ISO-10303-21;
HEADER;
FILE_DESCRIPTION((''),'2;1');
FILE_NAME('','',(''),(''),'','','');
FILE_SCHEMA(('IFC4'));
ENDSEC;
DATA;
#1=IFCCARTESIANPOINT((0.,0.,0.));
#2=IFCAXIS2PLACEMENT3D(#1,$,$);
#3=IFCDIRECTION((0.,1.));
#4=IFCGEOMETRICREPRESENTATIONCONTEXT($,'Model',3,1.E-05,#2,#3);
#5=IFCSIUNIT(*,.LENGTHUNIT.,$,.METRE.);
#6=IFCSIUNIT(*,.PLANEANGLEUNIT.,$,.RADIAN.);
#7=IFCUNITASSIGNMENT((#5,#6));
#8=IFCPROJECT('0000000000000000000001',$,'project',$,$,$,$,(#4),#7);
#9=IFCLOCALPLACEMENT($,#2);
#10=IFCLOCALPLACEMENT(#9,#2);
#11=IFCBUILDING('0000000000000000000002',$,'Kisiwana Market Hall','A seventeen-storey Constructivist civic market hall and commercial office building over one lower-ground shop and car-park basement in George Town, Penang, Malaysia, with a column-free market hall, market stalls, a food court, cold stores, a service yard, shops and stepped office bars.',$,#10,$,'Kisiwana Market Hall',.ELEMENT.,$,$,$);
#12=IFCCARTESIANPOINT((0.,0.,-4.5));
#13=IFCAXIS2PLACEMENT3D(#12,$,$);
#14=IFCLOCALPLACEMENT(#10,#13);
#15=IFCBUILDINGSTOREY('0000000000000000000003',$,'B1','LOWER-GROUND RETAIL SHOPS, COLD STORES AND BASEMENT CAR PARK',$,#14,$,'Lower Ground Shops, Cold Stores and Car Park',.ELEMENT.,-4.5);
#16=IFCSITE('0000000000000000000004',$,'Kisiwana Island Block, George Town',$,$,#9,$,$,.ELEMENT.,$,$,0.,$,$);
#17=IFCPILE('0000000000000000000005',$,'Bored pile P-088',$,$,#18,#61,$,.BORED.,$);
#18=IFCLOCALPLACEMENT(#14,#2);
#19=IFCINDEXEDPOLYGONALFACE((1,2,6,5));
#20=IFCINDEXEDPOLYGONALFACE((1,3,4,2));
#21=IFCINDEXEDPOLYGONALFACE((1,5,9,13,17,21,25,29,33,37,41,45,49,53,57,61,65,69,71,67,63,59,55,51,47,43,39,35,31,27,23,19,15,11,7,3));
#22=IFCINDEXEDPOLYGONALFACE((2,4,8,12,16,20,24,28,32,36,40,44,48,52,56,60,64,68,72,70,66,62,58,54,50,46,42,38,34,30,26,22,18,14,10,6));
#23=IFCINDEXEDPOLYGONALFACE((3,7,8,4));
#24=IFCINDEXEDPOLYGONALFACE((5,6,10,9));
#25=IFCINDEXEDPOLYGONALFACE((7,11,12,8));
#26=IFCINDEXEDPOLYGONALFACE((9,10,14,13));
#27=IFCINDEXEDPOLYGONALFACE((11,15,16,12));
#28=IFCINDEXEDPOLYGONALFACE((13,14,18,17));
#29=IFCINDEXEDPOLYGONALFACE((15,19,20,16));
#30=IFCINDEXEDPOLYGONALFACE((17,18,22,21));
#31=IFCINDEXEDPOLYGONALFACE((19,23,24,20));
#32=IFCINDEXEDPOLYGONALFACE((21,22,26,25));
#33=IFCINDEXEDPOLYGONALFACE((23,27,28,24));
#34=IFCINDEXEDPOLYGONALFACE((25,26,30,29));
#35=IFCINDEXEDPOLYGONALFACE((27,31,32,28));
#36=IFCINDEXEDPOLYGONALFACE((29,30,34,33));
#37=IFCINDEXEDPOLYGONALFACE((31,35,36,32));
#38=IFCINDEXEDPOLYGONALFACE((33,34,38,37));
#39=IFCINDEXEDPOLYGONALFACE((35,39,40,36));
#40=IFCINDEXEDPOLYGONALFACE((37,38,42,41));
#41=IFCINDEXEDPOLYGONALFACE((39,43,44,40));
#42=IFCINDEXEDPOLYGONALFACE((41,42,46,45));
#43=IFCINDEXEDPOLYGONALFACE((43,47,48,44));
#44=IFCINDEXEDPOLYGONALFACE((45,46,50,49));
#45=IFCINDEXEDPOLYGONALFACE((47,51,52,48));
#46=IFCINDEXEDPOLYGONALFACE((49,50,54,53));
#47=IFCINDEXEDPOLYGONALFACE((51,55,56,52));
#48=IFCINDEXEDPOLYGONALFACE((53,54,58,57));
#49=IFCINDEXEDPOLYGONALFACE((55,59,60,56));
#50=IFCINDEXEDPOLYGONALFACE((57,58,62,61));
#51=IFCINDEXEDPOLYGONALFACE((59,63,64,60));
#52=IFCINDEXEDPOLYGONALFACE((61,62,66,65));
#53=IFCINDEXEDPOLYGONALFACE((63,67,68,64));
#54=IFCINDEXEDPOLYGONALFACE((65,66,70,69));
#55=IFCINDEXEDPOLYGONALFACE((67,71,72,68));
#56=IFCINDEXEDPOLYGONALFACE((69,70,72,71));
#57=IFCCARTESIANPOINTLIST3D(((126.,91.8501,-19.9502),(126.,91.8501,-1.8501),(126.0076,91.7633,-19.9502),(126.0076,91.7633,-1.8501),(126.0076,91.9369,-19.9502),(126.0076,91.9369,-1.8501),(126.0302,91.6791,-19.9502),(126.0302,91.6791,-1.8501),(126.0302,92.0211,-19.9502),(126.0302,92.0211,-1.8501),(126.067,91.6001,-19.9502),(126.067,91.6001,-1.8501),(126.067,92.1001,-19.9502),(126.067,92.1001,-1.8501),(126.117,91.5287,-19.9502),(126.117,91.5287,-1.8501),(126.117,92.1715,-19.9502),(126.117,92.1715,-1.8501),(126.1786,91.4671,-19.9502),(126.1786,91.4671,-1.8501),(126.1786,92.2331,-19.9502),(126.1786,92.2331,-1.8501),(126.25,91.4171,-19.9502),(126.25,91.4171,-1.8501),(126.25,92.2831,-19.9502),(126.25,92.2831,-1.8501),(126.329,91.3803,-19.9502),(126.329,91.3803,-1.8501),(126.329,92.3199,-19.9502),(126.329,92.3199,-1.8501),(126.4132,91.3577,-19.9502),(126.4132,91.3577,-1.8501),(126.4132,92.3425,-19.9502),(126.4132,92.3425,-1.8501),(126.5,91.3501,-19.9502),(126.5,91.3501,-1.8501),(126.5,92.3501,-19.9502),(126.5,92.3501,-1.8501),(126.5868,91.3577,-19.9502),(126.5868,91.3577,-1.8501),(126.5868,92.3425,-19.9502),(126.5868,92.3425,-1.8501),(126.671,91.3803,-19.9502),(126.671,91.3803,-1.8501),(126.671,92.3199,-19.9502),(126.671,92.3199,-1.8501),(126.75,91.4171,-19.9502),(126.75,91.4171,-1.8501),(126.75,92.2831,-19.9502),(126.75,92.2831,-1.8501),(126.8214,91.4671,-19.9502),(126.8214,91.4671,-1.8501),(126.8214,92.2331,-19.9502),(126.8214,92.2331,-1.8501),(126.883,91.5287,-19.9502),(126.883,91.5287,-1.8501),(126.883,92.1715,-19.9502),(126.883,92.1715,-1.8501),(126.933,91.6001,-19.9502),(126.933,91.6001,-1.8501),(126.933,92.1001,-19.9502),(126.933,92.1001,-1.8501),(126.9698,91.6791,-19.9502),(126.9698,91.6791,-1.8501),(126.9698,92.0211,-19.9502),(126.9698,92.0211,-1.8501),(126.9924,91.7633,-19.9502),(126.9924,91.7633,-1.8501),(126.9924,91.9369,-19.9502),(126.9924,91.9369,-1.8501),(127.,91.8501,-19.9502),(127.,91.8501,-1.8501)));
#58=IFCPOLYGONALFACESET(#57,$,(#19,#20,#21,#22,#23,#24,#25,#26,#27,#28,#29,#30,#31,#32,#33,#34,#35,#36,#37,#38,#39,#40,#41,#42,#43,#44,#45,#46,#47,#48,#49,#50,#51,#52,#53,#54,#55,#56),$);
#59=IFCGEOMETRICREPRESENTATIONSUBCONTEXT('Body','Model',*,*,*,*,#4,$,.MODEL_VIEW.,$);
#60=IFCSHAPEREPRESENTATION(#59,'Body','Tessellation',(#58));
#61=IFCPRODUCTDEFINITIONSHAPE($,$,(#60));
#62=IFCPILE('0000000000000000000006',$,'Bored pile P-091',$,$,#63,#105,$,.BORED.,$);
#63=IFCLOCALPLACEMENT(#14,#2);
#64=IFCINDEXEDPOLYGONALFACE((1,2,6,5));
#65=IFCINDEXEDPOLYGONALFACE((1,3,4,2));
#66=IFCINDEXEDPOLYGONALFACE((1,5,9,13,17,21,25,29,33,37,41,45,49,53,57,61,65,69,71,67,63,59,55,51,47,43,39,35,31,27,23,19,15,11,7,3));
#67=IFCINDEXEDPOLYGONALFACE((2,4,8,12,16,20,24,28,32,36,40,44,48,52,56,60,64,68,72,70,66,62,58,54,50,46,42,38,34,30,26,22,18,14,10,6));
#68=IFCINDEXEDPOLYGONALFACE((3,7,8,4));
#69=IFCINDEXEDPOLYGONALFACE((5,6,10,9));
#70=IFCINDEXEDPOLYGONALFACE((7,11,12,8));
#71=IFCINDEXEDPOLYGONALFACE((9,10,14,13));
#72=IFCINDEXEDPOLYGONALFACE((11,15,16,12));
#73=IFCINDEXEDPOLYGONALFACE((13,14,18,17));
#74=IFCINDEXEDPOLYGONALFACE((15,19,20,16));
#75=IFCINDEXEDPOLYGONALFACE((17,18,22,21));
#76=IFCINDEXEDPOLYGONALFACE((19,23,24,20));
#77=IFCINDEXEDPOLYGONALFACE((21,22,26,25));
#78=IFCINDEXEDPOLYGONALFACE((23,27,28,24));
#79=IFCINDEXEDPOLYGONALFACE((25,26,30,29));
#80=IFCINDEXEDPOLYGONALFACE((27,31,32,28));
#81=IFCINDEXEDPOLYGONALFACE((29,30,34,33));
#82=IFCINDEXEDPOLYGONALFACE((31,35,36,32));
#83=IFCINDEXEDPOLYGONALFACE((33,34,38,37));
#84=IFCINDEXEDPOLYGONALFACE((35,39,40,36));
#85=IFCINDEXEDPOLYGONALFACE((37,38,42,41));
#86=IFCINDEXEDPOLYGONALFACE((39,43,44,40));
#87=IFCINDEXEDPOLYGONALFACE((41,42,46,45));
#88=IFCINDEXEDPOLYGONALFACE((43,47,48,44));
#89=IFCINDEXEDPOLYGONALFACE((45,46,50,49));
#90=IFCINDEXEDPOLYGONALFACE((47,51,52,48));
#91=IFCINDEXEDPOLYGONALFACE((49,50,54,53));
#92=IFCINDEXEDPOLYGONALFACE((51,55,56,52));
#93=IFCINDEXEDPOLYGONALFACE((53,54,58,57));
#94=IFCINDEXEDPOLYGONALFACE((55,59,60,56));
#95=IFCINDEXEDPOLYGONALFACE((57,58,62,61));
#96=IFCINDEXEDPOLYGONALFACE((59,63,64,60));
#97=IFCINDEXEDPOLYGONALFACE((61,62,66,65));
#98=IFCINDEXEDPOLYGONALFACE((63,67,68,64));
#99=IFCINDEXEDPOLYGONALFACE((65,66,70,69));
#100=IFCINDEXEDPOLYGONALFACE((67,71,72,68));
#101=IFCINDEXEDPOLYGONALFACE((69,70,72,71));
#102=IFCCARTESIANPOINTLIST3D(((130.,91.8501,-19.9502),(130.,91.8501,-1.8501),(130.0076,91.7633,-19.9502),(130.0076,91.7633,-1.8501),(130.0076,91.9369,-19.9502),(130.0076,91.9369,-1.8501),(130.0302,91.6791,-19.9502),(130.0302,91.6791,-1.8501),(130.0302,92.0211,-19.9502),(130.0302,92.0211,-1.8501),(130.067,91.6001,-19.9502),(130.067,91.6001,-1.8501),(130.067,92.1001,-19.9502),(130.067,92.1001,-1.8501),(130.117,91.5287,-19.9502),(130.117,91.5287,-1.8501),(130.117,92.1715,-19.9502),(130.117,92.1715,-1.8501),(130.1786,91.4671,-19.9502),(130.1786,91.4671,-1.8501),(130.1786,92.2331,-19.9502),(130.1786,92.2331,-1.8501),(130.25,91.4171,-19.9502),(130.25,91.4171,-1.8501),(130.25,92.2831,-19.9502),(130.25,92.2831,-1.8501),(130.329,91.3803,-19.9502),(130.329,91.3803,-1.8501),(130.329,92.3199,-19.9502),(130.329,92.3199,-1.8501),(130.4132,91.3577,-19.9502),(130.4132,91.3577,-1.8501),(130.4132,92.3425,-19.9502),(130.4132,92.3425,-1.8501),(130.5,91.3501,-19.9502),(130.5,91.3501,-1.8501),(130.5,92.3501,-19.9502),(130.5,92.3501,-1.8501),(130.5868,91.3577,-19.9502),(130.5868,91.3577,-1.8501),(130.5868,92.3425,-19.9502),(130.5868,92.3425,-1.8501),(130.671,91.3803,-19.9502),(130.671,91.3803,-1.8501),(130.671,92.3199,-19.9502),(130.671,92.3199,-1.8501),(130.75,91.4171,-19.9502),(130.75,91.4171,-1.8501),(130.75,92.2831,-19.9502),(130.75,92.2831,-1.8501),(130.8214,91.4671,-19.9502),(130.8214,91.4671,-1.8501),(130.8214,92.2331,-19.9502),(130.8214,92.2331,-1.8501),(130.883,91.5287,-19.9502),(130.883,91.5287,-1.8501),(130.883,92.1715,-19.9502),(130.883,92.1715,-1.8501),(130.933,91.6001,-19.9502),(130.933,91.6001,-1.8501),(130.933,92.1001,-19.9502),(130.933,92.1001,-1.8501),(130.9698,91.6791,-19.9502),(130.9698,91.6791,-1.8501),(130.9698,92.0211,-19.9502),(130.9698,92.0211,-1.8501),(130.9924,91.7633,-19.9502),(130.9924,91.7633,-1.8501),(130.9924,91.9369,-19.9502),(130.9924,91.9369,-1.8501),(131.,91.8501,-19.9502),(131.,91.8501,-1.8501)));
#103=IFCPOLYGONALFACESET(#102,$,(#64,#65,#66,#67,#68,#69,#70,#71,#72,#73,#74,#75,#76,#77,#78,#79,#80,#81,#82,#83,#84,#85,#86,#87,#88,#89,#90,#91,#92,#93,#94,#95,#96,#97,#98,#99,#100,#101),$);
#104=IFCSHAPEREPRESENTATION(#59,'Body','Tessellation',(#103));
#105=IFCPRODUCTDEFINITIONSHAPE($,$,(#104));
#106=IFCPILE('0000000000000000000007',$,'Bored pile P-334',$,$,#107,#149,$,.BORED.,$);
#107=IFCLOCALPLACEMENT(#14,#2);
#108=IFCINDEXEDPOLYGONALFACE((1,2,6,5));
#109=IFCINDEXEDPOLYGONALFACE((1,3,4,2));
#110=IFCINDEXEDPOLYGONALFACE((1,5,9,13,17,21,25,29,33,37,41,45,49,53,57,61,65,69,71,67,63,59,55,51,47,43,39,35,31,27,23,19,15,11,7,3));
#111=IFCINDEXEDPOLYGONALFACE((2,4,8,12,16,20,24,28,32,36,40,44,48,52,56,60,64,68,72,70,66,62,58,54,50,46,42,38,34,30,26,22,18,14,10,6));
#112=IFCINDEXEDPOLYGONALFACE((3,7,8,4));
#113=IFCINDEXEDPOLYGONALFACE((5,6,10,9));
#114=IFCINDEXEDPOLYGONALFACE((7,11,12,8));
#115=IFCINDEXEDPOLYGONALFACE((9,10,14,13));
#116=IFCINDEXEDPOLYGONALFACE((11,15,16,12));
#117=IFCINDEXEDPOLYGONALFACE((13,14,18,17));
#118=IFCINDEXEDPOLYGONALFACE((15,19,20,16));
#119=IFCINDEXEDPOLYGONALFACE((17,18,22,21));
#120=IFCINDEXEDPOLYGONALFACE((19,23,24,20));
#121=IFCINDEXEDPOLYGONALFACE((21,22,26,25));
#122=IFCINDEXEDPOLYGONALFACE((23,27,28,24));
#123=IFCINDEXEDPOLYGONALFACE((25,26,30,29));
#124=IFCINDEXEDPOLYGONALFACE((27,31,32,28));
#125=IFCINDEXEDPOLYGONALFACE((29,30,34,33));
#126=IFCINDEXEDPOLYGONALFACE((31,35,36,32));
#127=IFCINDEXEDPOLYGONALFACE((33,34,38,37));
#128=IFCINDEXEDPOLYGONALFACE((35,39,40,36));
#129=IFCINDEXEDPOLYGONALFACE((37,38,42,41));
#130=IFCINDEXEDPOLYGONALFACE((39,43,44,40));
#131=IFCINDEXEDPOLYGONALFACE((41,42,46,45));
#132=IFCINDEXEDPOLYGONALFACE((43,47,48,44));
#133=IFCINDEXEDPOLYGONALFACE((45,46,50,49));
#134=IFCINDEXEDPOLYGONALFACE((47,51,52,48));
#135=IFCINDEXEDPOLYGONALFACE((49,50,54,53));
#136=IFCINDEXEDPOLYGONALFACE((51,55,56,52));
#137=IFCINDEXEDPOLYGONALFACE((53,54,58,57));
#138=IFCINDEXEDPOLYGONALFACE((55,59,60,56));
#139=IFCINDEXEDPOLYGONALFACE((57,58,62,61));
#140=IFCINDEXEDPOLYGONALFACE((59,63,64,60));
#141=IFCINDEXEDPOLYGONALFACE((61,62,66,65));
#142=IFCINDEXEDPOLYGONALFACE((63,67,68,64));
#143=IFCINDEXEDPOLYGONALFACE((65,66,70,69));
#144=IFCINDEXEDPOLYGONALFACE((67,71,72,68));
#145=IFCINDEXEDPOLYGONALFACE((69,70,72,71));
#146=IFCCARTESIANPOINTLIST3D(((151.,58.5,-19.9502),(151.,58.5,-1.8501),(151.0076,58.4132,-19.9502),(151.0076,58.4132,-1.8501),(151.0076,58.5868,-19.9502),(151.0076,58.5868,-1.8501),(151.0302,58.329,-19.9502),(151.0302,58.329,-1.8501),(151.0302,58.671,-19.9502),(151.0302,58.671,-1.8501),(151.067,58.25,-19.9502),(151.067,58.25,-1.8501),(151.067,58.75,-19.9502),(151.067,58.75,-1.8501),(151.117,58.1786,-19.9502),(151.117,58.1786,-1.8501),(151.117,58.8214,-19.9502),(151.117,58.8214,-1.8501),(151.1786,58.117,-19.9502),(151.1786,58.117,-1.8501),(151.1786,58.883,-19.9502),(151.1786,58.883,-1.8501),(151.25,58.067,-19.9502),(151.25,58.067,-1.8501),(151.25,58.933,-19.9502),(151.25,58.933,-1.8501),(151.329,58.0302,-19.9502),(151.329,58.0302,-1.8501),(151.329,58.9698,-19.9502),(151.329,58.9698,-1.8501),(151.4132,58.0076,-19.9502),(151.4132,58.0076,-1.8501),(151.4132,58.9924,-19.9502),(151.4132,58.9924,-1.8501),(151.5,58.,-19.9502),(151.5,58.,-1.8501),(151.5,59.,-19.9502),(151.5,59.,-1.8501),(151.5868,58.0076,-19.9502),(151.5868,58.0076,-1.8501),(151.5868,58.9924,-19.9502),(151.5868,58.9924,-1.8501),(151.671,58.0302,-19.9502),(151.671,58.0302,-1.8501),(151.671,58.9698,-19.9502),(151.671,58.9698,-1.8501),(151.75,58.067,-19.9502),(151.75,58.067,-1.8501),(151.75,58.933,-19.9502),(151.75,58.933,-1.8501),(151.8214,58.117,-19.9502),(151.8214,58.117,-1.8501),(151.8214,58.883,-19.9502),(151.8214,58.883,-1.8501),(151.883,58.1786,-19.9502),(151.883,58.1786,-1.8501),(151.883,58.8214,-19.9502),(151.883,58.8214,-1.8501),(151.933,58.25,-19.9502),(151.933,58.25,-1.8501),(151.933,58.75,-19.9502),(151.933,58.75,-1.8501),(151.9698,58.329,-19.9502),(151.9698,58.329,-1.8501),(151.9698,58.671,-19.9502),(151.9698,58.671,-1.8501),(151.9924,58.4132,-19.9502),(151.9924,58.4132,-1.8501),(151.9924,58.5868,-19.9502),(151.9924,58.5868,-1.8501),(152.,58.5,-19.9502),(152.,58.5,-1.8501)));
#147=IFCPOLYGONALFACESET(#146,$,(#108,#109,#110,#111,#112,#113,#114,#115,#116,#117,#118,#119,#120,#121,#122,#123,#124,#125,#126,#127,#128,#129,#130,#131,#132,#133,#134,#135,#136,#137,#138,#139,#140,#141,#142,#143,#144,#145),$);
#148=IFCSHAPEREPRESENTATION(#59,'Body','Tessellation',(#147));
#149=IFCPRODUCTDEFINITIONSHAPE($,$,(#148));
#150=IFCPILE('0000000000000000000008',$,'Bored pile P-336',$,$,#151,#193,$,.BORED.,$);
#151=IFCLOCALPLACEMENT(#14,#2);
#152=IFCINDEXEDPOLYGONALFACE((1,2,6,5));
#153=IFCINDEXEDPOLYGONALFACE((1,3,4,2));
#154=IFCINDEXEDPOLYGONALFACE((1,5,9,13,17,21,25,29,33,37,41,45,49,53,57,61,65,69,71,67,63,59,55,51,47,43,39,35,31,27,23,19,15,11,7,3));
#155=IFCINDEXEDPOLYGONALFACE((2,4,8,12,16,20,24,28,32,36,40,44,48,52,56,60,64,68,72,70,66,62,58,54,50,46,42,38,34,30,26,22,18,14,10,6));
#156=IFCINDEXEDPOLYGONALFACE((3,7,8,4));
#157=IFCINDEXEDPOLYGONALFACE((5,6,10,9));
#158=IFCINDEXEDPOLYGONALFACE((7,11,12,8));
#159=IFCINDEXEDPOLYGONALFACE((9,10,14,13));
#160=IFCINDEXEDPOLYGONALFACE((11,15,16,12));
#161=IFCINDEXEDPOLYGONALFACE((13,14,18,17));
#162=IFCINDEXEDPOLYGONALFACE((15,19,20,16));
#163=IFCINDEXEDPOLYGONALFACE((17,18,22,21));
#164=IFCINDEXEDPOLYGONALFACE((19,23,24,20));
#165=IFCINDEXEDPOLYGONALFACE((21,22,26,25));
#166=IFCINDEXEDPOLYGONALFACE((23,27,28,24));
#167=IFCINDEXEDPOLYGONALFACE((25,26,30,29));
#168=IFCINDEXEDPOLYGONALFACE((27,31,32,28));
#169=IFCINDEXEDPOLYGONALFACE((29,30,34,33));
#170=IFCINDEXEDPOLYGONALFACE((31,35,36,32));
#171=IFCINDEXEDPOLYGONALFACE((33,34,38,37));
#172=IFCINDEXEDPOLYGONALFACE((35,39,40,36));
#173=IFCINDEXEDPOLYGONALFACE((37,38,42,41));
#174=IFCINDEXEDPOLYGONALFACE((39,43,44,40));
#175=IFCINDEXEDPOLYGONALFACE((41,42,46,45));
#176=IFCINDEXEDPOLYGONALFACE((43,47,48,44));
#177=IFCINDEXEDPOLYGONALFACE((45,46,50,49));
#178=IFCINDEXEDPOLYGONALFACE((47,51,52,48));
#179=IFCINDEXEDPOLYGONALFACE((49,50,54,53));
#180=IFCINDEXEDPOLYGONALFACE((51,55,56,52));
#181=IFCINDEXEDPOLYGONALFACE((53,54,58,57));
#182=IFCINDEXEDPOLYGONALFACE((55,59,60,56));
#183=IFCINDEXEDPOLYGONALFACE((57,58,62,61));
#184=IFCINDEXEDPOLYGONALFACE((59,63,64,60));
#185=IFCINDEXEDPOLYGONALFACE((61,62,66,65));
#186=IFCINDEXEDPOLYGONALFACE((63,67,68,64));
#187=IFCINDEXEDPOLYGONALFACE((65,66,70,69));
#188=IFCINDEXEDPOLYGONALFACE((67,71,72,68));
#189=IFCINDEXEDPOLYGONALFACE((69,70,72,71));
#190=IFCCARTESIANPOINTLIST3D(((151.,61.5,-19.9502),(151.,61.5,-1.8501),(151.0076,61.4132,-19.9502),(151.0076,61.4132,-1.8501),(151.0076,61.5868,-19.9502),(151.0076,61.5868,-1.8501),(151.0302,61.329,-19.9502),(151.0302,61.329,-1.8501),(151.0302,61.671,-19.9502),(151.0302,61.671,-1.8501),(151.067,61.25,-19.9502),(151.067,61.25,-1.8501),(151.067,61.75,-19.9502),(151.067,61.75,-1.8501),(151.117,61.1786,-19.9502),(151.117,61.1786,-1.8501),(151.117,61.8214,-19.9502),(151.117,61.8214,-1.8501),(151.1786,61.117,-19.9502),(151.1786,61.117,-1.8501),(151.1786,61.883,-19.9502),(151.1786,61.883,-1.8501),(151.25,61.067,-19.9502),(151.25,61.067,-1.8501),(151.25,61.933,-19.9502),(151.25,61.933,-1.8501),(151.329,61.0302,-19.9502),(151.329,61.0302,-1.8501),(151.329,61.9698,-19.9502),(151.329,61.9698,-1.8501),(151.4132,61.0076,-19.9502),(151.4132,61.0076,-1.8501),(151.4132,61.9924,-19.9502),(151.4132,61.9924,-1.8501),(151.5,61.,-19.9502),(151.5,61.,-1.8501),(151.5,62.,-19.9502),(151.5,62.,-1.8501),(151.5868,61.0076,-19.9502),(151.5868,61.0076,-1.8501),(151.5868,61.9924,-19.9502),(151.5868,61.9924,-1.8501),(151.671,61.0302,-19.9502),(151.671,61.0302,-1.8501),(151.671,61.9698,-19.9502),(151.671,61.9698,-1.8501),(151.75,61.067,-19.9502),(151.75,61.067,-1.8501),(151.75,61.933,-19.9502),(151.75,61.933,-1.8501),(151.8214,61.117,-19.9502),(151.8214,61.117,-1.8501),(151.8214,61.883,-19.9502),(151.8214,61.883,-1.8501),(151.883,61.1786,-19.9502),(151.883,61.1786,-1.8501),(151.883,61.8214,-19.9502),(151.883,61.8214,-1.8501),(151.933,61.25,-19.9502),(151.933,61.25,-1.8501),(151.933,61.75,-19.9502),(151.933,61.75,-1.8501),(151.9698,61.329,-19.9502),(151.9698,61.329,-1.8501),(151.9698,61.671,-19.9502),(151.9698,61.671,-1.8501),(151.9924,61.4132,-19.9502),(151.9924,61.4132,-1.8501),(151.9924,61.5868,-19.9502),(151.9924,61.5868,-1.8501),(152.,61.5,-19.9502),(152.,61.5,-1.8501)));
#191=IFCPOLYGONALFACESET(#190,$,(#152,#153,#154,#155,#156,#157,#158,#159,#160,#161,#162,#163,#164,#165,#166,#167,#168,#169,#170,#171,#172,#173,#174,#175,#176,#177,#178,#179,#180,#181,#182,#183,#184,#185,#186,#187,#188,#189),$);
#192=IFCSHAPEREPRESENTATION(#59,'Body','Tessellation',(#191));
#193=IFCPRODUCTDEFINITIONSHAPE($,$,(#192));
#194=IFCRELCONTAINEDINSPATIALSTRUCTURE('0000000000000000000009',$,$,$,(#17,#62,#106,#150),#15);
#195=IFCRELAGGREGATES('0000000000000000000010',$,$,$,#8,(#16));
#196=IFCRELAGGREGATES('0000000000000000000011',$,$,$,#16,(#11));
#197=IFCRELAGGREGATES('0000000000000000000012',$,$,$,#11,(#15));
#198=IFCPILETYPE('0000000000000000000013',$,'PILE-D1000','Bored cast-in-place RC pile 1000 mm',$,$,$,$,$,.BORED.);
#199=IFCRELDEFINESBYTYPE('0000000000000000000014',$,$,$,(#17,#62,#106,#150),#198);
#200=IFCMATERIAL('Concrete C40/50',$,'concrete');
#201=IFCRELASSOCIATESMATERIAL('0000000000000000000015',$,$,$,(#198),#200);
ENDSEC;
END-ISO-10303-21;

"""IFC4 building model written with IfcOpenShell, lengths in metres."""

from ifc_helpers import new_model, si_unit, direction, frame, origin, origin_2d, place, context, subcontext, project, spatial, circle, extrude, material, material_profile, profile_set, type_object, element, save


model = new_model("IFC4")

# Units and contexts
model_context = context("Model", 3, precision=1e-05, world=origin(), true_north=direction((0.0, 1.0)))
body_context = subcontext(model_context, "Body", "Model", "MODEL_VIEW")
ifc_project = project(units=[si_unit("LENGTHUNIT", "METRE"), si_unit("PLANEANGLEUNIT", "RADIAN")], contexts=[model_context])

# Site, building, storey
site_placement = place(None, origin())
site = spatial("IfcSite", under=ifc_project, at=site_placement, Name="Kisiwana Island Block, George Town", CompositionType="ELEMENT", RefElevation=0.0)
building_placement = place(site_placement, origin())
building = spatial("IfcBuilding", under=site, at=building_placement, Name="Kisiwana Market Hall", Description="A seventeen-storey Constructivist civic market hall and commercial office building over one lower-ground shop and car-park basement in George Town, Penang, Malaysia, with a column-free market hall, market stalls, a food court, cold stores, a service yard, shops and stepped office bars.", LongName="Kisiwana Market Hall", CompositionType="ELEMENT")
storey_placement = place(building_placement, frame((0.0, 0.0, -4.5)))
storey = spatial("IfcBuildingStorey", under=building, at=storey_placement, Name="B1", Description="LOWER-GROUND RETAIL SHOPS, COLD STORES AND BASEMENT CAR PARK", LongName="Lower Ground Shops, Cold Stores and Car Park", CompositionType="ELEMENT", Elevation=-4.5)

# Piles
ifc_material_1 = material(Name="Concrete C40/50", Category="concrete")
ifc_material_profile_1 = material_profile(ifc_material_1, circle(Radius=0.5, at=origin_2d()), Name="BP D1000")
ifc_profile_set_1 = profile_set([ifc_material_profile_1], Name="Concrete C40/50")
pile_type_1 = type_object("IfcPileType", Name="PILE-D1000", Description="Bored cast-in-place RC pile 1000 mm", PredefinedType="BORED", material=ifc_profile_set_1)
for number, where, z_axis, x_axis, name in (
    (1, (126.5, 91.8501, -1.8501), (0.0, 0.0, -1.0), (1.0, 0.0, 0.0), "Bored pile P-088"),
    (2, (130.5, 91.8501, -1.8501), (0.0, 0.0, -1.0), (1.0, 0.0, 0.0), "Bored pile P-091"),
    (3, (151.5, 58.5, -1.8501), (0.0, 0.0, -1.0), (1.0, 0.0, 0.0), "Bored pile P-334"),
    (4, (151.5, 61.5, -1.8501), (0.0, 0.0, -1.0), (1.0, 0.0, 0.0), "Bored pile P-336"),
):
    element("IfcPile", number, at=place(storey_placement, frame(where, z_axis=z_axis, x_axis=x_axis)), inside=storey, type_object=pile_type_1, Name=name, PredefinedType="BORED", context=body_context, shape_type="SweptSolid", body=[
        extrude(circle(Radius=0.5, at=origin_2d()), origin(), (0.0, 0.0, 1.0), 18.1001),
    ])

save(model, "model.ifc")
